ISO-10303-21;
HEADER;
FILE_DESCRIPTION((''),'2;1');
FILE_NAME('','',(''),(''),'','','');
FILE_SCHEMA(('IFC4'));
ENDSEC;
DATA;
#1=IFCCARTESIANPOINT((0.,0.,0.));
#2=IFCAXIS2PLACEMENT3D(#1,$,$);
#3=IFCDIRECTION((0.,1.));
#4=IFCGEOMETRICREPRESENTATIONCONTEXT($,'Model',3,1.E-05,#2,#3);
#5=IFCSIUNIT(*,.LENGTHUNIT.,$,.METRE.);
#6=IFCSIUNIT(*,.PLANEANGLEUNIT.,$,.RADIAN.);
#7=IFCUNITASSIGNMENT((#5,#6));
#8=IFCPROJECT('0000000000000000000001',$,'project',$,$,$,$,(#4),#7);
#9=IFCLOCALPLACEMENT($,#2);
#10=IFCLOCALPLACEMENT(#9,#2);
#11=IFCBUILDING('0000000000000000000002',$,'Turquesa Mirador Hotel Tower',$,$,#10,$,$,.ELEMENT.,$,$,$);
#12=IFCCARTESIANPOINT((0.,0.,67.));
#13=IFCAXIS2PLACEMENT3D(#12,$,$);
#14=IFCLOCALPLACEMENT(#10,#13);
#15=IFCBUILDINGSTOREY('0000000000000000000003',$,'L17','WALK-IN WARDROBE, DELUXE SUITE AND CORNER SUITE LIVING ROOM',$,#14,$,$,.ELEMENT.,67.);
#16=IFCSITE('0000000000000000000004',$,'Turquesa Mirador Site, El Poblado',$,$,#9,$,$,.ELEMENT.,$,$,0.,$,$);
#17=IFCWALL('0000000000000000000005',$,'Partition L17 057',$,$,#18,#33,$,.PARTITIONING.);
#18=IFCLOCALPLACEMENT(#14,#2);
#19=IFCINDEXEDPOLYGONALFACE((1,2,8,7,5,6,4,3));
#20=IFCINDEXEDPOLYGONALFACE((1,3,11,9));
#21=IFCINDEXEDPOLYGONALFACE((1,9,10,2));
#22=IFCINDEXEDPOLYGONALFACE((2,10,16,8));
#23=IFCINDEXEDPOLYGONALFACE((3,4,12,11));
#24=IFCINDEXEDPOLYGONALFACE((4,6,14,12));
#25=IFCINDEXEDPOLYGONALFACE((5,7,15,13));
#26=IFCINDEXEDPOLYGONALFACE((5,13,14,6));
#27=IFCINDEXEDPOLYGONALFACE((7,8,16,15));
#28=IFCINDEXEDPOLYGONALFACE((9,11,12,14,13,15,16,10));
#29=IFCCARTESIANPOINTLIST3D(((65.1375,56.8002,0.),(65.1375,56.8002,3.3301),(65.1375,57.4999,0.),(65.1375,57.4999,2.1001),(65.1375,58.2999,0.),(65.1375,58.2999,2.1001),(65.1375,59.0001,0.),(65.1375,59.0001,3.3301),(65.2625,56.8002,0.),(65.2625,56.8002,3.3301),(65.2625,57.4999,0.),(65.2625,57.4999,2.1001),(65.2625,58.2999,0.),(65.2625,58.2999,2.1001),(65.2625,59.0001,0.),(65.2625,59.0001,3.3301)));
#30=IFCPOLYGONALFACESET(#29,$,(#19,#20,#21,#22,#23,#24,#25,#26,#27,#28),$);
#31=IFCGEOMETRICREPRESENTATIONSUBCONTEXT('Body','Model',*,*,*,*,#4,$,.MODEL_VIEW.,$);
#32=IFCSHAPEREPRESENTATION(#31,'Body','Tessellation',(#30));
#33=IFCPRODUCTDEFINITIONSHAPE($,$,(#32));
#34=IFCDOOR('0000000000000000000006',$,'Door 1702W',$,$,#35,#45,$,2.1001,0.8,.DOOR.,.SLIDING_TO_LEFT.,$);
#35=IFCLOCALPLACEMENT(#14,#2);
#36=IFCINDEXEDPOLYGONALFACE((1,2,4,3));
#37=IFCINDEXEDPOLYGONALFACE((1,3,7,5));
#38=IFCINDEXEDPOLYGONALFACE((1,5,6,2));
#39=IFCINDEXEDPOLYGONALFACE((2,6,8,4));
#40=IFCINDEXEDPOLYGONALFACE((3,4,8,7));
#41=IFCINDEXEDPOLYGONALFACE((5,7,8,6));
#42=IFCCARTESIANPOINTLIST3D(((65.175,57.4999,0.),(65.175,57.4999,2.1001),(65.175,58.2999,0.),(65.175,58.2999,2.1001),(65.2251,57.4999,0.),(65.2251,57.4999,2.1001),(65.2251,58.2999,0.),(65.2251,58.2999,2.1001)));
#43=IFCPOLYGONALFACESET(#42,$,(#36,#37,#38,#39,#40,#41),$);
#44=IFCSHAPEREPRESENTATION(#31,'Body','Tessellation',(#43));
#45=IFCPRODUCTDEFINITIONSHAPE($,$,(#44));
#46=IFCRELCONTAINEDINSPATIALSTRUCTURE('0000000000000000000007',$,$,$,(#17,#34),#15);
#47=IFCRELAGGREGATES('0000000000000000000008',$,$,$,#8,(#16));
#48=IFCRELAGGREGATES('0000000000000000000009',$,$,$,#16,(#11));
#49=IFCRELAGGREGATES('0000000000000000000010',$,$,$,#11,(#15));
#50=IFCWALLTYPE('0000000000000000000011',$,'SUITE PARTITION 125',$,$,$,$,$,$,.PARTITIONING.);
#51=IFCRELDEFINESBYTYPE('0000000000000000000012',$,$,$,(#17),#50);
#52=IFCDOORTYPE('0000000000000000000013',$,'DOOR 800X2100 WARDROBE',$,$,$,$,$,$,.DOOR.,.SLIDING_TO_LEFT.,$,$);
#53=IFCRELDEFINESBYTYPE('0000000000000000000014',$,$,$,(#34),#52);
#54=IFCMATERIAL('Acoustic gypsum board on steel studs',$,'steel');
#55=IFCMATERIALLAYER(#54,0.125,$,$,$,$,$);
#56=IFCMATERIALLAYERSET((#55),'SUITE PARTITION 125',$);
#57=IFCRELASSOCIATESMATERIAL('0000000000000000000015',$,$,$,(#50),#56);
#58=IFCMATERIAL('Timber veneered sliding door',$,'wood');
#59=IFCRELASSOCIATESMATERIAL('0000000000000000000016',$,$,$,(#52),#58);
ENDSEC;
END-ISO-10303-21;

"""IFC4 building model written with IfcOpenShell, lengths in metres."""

from ifc_helpers import new_model, si_unit, direction, frame, frame_2d, origin, place, context, subcontext, project, spatial, rectangle, extrude, material, layer, layer_set, type_object, element, fill, save


model = new_model("IFC4")

# Units and contexts
model_context = context("Model", 3, precision=1e-05, world=origin(), true_north=direction((0.0, 1.0)))
body_context = subcontext(model_context, "Body", "Model", "MODEL_VIEW")
ifc_project = project(units=[si_unit("LENGTHUNIT", "METRE"), si_unit("PLANEANGLEUNIT", "RADIAN")], contexts=[model_context])

# Site, building, storey
site_placement = place(None, origin())
site = spatial("IfcSite", under=ifc_project, at=site_placement, Name="Turquesa Mirador Site, El Poblado", CompositionType="ELEMENT", RefElevation=0.0)
building_placement = place(site_placement, origin())
building = spatial("IfcBuilding", under=site, at=building_placement, Name="Turquesa Mirador Hotel Tower", CompositionType="ELEMENT")
storey_placement = place(building_placement, frame((0.0, 0.0, 67.0)))
storey = spatial("IfcBuildingStorey", under=building, at=storey_placement, Name="L17", Description="WALK-IN WARDROBE, DELUXE SUITE AND CORNER SUITE LIVING ROOM", CompositionType="ELEMENT", Elevation=67.0)

# Shared definitions
ifc_material_1 = material(Name="Acoustic gypsum board on steel studs", Category="steel")
ifc_layer_1 = layer(ifc_material_1, 0.125)
ifc_layer_set_1 = layer_set([ifc_layer_1], Name="SUITE PARTITION 125")
wall_type_1 = type_object("IfcWallType", Name="SUITE PARTITION 125", PredefinedType="PARTITIONING", material=ifc_layer_set_1)

# Wall, opening, door
wall_1_placement = place(storey_placement, frame((65.2, 56.8, 0.0), z_axis=(0.0, 0.0, 1.0), x_axis=(0.0, 1.0, 0.0)))
wall_1 = element("IfcWall", 1, at=wall_1_placement, inside=storey, type_object=wall_type_1, Name="Partition L17 057", PredefinedType="PARTITIONING", context=body_context, shape_type="SweptSolid", body=[
    extrude(rectangle(XDim=2.2, YDim=0.125, at=frame_2d((1.1001, 0.0))), origin(), (0.0, 0.0, 1.0), 3.3301),
])
opening_1_placement = place(wall_1_placement, frame((0.7, 0.0, 0.0)))
opening_1 = element("IfcOpeningElement", 2, at=opening_1_placement, cuts=wall_1, PredefinedType="OPENING", context=body_context, shape_type="SweptSolid", body=[
    extrude(rectangle(XDim=0.8, YDim=2.1001, at=frame_2d((0.3999, 1.05))), frame((0.0, 0.0725, 0.0), z_axis=(0.0, -1.0, 0.0), x_axis=(1.0, 0.0, 0.0)), (0.0, 0.0, 1.0), 0.145),
])
ifc_material_2 = material(Name="Timber veneered sliding door", Category="wood")
door_type_1 = type_object("IfcDoorType", Name="DOOR 800X2100 WARDROBE", OperationType="SLIDING_TO_LEFT", PredefinedType="DOOR", material=ifc_material_2)
door_1_placement = place(opening_1_placement, origin())
door_1 = element("IfcDoor", 3, at=door_1_placement, inside=storey, type_object=door_type_1, Name="Door 1702W", OperationType="SLIDING_TO_LEFT", OverallHeight=2.1001, OverallWidth=0.8, PredefinedType="DOOR", context=body_context, shape_type="SweptSolid", body=[
    extrude(rectangle(XDim=0.8, YDim=2.1001, at=frame_2d((0.3999, 1.05))), frame((0.0, 0.0249, 0.0), z_axis=(0.0, -1.0, 0.0), x_axis=(1.0, 0.0, 0.0)), (0.0, 0.0, 1.0), 0.05),
])
fill(opening_1, door_1)

save(model, "model.ifc")
